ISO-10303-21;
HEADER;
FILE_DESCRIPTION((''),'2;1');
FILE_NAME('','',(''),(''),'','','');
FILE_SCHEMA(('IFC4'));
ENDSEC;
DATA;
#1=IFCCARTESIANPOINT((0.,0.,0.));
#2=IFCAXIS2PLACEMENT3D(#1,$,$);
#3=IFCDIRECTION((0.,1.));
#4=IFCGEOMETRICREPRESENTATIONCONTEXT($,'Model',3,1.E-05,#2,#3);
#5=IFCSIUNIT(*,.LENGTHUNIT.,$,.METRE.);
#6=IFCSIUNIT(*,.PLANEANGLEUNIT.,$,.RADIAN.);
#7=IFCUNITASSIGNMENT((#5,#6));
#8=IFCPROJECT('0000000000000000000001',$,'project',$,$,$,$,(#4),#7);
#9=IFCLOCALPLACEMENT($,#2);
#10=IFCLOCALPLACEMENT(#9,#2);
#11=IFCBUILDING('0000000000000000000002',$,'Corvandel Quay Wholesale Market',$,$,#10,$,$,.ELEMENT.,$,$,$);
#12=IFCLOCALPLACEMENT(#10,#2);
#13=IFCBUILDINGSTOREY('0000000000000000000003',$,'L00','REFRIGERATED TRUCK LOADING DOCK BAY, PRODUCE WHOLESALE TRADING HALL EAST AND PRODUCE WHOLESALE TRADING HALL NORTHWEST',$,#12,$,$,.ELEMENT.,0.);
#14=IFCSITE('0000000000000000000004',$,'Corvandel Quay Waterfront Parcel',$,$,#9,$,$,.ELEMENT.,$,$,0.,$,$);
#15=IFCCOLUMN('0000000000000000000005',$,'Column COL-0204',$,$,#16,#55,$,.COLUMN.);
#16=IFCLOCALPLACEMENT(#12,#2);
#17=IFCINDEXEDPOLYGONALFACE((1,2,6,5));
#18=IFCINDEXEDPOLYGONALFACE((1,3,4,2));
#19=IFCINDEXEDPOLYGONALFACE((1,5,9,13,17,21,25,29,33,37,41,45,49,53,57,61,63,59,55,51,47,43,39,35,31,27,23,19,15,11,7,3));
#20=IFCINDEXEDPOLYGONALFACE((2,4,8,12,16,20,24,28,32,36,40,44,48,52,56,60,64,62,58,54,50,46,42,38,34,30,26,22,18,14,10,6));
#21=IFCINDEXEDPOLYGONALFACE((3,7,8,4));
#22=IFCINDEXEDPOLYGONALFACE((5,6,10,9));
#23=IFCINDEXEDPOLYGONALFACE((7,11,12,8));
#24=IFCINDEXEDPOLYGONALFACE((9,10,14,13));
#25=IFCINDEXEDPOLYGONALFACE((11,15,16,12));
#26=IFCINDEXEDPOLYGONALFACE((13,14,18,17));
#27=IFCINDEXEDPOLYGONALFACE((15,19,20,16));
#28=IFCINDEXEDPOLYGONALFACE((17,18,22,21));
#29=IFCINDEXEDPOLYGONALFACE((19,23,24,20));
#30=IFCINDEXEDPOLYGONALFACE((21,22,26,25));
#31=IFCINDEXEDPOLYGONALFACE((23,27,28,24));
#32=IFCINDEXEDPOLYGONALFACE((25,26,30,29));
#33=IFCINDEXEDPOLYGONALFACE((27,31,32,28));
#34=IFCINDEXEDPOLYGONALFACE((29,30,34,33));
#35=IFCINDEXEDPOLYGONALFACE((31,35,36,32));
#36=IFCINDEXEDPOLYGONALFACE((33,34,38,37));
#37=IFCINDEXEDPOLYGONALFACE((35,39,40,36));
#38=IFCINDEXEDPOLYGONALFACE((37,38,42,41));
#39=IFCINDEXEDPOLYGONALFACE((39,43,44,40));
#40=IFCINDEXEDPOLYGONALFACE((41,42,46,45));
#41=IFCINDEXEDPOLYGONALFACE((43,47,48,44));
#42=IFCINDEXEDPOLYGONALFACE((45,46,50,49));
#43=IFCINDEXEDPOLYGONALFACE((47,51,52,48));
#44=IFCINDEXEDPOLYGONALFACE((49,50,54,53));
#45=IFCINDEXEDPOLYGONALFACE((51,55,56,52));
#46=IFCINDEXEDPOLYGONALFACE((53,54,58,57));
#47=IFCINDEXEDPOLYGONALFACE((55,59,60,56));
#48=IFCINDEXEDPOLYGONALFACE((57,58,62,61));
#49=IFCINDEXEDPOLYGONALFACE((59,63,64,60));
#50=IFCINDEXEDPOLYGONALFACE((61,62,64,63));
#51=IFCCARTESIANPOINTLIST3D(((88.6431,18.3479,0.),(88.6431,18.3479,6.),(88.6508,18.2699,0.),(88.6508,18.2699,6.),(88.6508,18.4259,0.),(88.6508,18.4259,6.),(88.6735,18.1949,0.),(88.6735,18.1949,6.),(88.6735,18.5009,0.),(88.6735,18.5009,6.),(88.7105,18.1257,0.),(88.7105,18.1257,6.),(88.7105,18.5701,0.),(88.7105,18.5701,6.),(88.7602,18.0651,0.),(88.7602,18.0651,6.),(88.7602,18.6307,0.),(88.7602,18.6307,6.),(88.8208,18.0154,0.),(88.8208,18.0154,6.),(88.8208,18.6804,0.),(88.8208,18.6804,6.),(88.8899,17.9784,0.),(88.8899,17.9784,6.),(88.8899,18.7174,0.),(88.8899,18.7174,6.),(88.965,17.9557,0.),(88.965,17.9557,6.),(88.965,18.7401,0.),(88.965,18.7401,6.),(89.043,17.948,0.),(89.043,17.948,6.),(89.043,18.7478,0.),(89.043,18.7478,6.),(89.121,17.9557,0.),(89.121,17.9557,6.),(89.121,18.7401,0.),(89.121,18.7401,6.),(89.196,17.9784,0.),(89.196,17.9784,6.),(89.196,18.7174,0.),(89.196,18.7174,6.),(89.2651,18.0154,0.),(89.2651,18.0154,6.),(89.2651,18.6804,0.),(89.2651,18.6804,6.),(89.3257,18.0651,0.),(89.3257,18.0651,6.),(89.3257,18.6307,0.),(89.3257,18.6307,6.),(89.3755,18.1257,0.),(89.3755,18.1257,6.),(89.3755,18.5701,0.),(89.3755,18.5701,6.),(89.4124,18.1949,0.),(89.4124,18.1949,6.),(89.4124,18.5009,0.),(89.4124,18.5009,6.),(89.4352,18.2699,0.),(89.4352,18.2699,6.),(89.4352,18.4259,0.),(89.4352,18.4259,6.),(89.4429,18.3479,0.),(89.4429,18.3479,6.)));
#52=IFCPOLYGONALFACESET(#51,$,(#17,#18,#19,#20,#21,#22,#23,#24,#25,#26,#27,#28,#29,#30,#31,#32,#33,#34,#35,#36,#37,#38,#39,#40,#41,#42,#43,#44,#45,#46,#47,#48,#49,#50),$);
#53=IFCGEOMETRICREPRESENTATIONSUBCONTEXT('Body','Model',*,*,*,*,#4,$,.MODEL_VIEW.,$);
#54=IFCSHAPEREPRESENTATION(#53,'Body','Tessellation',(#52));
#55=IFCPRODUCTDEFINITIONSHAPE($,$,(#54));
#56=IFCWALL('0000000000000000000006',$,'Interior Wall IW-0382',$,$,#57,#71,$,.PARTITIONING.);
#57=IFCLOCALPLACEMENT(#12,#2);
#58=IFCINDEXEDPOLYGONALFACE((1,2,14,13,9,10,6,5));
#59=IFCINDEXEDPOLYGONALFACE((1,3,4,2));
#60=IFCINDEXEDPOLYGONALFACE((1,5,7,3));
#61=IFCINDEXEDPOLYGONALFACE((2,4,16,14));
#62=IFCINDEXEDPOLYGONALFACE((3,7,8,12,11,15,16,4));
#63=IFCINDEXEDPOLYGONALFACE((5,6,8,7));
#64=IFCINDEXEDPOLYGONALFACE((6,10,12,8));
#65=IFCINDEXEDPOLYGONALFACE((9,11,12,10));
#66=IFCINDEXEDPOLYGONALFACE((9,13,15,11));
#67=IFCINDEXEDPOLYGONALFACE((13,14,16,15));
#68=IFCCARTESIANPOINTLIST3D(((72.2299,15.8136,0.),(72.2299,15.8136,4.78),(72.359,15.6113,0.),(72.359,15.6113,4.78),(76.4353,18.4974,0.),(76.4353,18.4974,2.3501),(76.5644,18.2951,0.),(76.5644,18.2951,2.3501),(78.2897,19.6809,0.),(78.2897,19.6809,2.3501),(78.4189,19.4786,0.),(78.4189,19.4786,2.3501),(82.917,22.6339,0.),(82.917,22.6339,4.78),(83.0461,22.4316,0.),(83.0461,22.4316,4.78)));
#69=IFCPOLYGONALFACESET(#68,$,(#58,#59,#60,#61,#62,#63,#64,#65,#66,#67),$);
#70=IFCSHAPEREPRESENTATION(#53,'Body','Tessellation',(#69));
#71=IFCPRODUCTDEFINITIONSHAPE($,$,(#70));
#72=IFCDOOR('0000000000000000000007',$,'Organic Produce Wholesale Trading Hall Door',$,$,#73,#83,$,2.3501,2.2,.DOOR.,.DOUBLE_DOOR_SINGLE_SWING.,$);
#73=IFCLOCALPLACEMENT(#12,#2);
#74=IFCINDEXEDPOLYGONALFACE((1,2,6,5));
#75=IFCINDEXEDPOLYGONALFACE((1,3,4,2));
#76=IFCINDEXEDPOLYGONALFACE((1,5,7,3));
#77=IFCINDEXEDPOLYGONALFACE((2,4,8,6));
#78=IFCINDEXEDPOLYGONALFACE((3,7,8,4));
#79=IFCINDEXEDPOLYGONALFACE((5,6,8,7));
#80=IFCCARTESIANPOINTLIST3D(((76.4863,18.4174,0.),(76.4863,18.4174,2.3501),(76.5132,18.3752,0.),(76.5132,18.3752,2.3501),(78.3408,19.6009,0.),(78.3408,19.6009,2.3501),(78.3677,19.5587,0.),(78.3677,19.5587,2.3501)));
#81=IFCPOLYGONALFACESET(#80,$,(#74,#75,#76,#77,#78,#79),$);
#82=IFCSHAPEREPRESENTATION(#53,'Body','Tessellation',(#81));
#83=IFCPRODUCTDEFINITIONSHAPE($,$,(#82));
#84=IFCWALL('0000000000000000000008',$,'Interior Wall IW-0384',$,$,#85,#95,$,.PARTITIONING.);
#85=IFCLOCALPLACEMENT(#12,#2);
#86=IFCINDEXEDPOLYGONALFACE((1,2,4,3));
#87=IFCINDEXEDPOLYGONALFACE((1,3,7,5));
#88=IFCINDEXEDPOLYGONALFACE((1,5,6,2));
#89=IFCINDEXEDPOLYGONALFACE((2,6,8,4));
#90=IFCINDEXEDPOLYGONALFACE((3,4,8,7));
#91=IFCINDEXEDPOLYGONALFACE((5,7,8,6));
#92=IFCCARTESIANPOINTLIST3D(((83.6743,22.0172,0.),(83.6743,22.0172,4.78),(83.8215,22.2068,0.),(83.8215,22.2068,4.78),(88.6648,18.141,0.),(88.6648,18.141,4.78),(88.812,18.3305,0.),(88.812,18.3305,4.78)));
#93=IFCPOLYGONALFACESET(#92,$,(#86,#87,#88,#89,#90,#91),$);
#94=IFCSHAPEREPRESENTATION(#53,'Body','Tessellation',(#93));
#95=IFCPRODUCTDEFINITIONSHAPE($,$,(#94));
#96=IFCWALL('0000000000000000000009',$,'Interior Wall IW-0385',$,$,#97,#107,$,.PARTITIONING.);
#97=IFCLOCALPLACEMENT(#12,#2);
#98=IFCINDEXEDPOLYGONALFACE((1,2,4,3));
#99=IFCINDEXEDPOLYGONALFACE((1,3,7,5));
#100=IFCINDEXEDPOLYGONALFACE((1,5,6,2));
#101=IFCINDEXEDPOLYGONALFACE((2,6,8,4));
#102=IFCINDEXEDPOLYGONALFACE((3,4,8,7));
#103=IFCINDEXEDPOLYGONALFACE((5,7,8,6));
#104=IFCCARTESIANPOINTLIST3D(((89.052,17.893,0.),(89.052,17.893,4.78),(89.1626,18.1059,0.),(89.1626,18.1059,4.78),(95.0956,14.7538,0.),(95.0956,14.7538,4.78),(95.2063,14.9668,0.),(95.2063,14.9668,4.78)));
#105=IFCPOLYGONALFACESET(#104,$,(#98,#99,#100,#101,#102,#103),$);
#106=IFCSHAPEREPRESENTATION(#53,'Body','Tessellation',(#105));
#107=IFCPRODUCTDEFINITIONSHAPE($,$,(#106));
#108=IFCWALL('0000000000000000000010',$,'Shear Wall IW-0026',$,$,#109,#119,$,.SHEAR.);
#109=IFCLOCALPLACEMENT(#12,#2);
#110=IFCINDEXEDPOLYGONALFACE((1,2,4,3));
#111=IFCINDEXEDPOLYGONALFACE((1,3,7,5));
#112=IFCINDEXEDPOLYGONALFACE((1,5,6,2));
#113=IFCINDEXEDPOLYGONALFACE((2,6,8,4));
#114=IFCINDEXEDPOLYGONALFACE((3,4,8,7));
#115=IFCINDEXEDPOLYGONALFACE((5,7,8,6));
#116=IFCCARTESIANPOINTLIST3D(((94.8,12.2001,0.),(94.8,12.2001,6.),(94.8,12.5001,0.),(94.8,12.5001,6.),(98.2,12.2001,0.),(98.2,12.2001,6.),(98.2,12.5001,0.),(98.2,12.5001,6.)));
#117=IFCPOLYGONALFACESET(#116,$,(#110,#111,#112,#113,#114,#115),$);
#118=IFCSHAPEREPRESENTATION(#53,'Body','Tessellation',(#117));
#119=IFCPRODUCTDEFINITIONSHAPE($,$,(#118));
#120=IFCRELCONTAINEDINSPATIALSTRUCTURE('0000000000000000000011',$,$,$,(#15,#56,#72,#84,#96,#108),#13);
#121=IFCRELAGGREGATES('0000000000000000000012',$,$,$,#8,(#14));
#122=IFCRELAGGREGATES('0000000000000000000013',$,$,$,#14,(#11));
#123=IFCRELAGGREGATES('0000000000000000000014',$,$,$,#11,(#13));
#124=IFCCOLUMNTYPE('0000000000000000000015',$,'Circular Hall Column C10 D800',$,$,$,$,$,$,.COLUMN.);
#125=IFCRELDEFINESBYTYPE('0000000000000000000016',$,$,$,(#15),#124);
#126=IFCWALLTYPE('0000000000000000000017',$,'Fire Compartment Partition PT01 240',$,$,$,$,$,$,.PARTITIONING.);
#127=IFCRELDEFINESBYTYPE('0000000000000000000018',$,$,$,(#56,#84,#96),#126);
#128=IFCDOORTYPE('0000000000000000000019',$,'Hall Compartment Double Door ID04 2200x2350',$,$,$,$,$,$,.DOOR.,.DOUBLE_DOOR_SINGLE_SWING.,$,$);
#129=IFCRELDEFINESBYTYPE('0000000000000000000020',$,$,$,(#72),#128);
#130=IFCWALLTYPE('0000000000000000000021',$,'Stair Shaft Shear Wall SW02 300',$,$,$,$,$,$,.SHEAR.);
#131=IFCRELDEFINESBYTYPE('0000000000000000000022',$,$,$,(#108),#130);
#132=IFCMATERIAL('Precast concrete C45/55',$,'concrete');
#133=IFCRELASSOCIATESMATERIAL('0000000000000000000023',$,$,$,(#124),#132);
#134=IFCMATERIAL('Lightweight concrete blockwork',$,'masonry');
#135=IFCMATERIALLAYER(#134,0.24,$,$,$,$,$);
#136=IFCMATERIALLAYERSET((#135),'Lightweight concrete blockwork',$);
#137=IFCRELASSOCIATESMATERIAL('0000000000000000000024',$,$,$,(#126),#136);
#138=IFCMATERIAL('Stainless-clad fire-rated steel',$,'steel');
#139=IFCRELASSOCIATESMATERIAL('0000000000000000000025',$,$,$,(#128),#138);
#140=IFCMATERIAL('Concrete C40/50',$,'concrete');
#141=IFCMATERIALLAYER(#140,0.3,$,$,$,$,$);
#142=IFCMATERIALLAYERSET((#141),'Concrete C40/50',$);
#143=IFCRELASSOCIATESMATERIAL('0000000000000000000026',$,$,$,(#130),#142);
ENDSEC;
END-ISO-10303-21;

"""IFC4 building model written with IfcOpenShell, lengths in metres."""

from ifc_helpers import new_model, si_unit, direction, frame, frame_2d, origin, origin_2d, place, context, subcontext, project, spatial, rectangle, circle, extrude, material, layer, layer_set, material_profile, profile_set, type_object, element, fill, save


model = new_model("IFC4")

# Units and contexts
model_context = context("Model", 3, precision=1e-05, world=origin(), true_north=direction((0.0, 1.0)))
body_context = subcontext(model_context, "Body", "Model", "MODEL_VIEW")
ifc_project = project(units=[si_unit("LENGTHUNIT", "METRE"), si_unit("PLANEANGLEUNIT", "RADIAN")], contexts=[model_context])

# Site, building, storey
site_placement = place(None, origin())
site = spatial("IfcSite", under=ifc_project, at=site_placement, Name="Corvandel Quay Waterfront Parcel", CompositionType="ELEMENT", RefElevation=0.0)
building_placement = place(site_placement, origin())
building = spatial("IfcBuilding", under=site, at=building_placement, Name="Corvandel Quay Wholesale Market", CompositionType="ELEMENT")
storey_placement = place(building_placement, origin())
storey = spatial("IfcBuildingStorey", under=building, at=storey_placement, Name="L00", Description="REFRIGERATED TRUCK LOADING DOCK BAY, PRODUCE WHOLESALE TRADING HALL EAST AND PRODUCE WHOLESALE TRADING HALL NORTHWEST", CompositionType="ELEMENT", Elevation=0.0)

# Shared definitions
ifc_material_1 = material(Name="Concrete C40/50", Category="concrete")

# Column
ifc_material_2 = material(Name="Precast concrete C45/55", Category="concrete")
ifc_material_profile_1 = material_profile(ifc_material_2, circle(Radius=0.3999, at=origin_2d()), Name="PC-COL-D800")
ifc_profile_set_1 = profile_set([ifc_material_profile_1], Name="Precast concrete C45/55")
column_type = type_object("IfcColumnType", Name="Circular Hall Column C10 D800", PredefinedType="COLUMN", material=ifc_profile_set_1)
for number, where, z_axis, x_axis, name in (
    (1, (89.043, 18.3479, 0.0), (0.0, 0.0, 1.0), (1.0, 0.0, 0.0), "Column COL-0204"),
):
    element("IfcColumn", number, at=place(storey_placement, frame(where, z_axis=z_axis, x_axis=x_axis)), inside=storey, type_object=column_type, Name=name, PredefinedType="COLUMN", context=body_context, shape_type="SweptSolid", body=[
        extrude(circle(Radius=0.3999, at=origin_2d()), origin(), (0.0, 0.0, 1.0), 6.0),
    ])

# Wall, opening, door
ifc_material_3 = material(Name="Lightweight concrete blockwork", Category="masonry")
ifc_layer_1 = layer(ifc_material_3, 0.24)
ifc_layer_set_1 = layer_set([ifc_layer_1], Name="Lightweight concrete blockwork")
wall_type_1 = type_object("IfcWallType", Name="Fire Compartment Partition PT01 240", PredefinedType="PARTITIONING", material=ifc_layer_set_1)
wall_1_placement = place(storey_placement, frame((82.9814, 22.5327, 0.0), z_axis=(0.0, 0.0, 1.0), x_axis=(-0.842965, -0.537969, 0.0)))
wall_1 = element("IfcWall", 2, at=wall_1_placement, inside=storey, type_object=wall_type_1, Name="Interior Wall IW-0382", PredefinedType="PARTITIONING", context=body_context, shape_type="SweptSolid", body=[
    extrude(rectangle(XDim=12.678, YDim=0.24, at=frame_2d((6.3389, 0.0))), origin(), (0.0, 0.0, 1.0), 4.78),
])
opening_placement = place(wall_1_placement, frame((5.489, 0.0, 0.0)))
opening = element("IfcOpeningElement", 3, at=opening_placement, cuts=wall_1, PredefinedType="OPENING", context=body_context, shape_type="SweptSolid", body=[
    extrude(rectangle(XDim=2.2, YDim=2.3501, at=frame_2d((1.1001, 1.175))), frame((0.0, 0.1299, 0.0), z_axis=(0.0, -1.0, 0.0), x_axis=(1.0, 0.0, 0.0)), (0.0, 0.0, 1.0), 0.26),
])
ifc_material_4 = material(Name="Stainless-clad fire-rated steel", Category="steel")
door_type = type_object("IfcDoorType", Name="Hall Compartment Double Door ID04 2200x2350", OperationType="DOUBLE_DOOR_SINGLE_SWING", PredefinedType="DOOR", material=ifc_material_4)
door_placement = place(opening_placement, origin())
door = element("IfcDoor", 4, at=door_placement, inside=storey, type_object=door_type, Name="Organic Produce Wholesale Trading Hall Door", OperationType="DOUBLE_DOOR_SINGLE_SWING", OverallHeight=2.3501, OverallWidth=2.2, PredefinedType="DOOR", context=body_context, shape_type="SweptSolid", body=[
    extrude(rectangle(XDim=2.2, YDim=2.3501, at=frame_2d((1.1001, 1.175))), frame((0.0, 0.0249, 0.0), z_axis=(0.0, -1.0, 0.0), x_axis=(1.0, 0.0, 0.0)), (0.0, 0.0, 1.0), 0.05),
])
fill(opening, door)

# Walls
wall_2_placement = place(storey_placement, frame((83.7478, 22.1121, 0.0), z_axis=(0.0, 0.0, 1.0), x_axis=(0.789756, -0.613422, 0.0)))
element("IfcWall", 5, at=wall_2_placement, inside=storey, type_object=wall_type_1, Name="Interior Wall IW-0384", PredefinedType="PARTITIONING", context=body_context, shape_type="SweptSolid", body=[
    extrude(rectangle(XDim=6.3191, YDim=0.24, at=frame_2d((3.1597, 0.0))), origin(), (0.0, 0.0, 1.0), 4.78),
])
wall_3_placement = place(storey_placement, frame((89.1072, 17.9995, 0.0), z_axis=(0.0, 0.0, 1.0), x_axis=(0.887431, -0.460941, 0.0)))
element("IfcWall", 6, at=wall_3_placement, inside=storey, type_object=wall_type_1, Name="Interior Wall IW-0385", PredefinedType="PARTITIONING", context=body_context, shape_type="SweptSolid", body=[
    extrude(rectangle(XDim=6.8103, YDim=0.24, at=frame_2d((3.4053, 0.0))), origin(), (0.0, 0.0, 1.0), 4.78),
])
ifc_layer_2 = layer(ifc_material_1, 0.3)
ifc_layer_set_2 = layer_set([ifc_layer_2], Name="Concrete C40/50")
wall_type_2 = type_object("IfcWallType", Name="Stair Shaft Shear Wall SW02 300", PredefinedType="SHEAR", material=ifc_layer_set_2)
wall_4_placement = place(storey_placement, frame((94.8, 12.3501, 0.0), z_axis=(0.0, 0.0, 1.0), x_axis=(1.0, 0.0, 0.0)))
element("IfcWall", 7, at=wall_4_placement, inside=storey, type_object=wall_type_2, Name="Shear Wall IW-0026", PredefinedType="SHEAR", context=body_context, shape_type="SweptSolid", body=[
    extrude(rectangle(XDim=3.3999, YDim=0.3, at=frame_2d((1.7, 0.0))), origin(), (0.0, 0.0, 1.0), 6.0),
])

save(model, "model.ifc")
